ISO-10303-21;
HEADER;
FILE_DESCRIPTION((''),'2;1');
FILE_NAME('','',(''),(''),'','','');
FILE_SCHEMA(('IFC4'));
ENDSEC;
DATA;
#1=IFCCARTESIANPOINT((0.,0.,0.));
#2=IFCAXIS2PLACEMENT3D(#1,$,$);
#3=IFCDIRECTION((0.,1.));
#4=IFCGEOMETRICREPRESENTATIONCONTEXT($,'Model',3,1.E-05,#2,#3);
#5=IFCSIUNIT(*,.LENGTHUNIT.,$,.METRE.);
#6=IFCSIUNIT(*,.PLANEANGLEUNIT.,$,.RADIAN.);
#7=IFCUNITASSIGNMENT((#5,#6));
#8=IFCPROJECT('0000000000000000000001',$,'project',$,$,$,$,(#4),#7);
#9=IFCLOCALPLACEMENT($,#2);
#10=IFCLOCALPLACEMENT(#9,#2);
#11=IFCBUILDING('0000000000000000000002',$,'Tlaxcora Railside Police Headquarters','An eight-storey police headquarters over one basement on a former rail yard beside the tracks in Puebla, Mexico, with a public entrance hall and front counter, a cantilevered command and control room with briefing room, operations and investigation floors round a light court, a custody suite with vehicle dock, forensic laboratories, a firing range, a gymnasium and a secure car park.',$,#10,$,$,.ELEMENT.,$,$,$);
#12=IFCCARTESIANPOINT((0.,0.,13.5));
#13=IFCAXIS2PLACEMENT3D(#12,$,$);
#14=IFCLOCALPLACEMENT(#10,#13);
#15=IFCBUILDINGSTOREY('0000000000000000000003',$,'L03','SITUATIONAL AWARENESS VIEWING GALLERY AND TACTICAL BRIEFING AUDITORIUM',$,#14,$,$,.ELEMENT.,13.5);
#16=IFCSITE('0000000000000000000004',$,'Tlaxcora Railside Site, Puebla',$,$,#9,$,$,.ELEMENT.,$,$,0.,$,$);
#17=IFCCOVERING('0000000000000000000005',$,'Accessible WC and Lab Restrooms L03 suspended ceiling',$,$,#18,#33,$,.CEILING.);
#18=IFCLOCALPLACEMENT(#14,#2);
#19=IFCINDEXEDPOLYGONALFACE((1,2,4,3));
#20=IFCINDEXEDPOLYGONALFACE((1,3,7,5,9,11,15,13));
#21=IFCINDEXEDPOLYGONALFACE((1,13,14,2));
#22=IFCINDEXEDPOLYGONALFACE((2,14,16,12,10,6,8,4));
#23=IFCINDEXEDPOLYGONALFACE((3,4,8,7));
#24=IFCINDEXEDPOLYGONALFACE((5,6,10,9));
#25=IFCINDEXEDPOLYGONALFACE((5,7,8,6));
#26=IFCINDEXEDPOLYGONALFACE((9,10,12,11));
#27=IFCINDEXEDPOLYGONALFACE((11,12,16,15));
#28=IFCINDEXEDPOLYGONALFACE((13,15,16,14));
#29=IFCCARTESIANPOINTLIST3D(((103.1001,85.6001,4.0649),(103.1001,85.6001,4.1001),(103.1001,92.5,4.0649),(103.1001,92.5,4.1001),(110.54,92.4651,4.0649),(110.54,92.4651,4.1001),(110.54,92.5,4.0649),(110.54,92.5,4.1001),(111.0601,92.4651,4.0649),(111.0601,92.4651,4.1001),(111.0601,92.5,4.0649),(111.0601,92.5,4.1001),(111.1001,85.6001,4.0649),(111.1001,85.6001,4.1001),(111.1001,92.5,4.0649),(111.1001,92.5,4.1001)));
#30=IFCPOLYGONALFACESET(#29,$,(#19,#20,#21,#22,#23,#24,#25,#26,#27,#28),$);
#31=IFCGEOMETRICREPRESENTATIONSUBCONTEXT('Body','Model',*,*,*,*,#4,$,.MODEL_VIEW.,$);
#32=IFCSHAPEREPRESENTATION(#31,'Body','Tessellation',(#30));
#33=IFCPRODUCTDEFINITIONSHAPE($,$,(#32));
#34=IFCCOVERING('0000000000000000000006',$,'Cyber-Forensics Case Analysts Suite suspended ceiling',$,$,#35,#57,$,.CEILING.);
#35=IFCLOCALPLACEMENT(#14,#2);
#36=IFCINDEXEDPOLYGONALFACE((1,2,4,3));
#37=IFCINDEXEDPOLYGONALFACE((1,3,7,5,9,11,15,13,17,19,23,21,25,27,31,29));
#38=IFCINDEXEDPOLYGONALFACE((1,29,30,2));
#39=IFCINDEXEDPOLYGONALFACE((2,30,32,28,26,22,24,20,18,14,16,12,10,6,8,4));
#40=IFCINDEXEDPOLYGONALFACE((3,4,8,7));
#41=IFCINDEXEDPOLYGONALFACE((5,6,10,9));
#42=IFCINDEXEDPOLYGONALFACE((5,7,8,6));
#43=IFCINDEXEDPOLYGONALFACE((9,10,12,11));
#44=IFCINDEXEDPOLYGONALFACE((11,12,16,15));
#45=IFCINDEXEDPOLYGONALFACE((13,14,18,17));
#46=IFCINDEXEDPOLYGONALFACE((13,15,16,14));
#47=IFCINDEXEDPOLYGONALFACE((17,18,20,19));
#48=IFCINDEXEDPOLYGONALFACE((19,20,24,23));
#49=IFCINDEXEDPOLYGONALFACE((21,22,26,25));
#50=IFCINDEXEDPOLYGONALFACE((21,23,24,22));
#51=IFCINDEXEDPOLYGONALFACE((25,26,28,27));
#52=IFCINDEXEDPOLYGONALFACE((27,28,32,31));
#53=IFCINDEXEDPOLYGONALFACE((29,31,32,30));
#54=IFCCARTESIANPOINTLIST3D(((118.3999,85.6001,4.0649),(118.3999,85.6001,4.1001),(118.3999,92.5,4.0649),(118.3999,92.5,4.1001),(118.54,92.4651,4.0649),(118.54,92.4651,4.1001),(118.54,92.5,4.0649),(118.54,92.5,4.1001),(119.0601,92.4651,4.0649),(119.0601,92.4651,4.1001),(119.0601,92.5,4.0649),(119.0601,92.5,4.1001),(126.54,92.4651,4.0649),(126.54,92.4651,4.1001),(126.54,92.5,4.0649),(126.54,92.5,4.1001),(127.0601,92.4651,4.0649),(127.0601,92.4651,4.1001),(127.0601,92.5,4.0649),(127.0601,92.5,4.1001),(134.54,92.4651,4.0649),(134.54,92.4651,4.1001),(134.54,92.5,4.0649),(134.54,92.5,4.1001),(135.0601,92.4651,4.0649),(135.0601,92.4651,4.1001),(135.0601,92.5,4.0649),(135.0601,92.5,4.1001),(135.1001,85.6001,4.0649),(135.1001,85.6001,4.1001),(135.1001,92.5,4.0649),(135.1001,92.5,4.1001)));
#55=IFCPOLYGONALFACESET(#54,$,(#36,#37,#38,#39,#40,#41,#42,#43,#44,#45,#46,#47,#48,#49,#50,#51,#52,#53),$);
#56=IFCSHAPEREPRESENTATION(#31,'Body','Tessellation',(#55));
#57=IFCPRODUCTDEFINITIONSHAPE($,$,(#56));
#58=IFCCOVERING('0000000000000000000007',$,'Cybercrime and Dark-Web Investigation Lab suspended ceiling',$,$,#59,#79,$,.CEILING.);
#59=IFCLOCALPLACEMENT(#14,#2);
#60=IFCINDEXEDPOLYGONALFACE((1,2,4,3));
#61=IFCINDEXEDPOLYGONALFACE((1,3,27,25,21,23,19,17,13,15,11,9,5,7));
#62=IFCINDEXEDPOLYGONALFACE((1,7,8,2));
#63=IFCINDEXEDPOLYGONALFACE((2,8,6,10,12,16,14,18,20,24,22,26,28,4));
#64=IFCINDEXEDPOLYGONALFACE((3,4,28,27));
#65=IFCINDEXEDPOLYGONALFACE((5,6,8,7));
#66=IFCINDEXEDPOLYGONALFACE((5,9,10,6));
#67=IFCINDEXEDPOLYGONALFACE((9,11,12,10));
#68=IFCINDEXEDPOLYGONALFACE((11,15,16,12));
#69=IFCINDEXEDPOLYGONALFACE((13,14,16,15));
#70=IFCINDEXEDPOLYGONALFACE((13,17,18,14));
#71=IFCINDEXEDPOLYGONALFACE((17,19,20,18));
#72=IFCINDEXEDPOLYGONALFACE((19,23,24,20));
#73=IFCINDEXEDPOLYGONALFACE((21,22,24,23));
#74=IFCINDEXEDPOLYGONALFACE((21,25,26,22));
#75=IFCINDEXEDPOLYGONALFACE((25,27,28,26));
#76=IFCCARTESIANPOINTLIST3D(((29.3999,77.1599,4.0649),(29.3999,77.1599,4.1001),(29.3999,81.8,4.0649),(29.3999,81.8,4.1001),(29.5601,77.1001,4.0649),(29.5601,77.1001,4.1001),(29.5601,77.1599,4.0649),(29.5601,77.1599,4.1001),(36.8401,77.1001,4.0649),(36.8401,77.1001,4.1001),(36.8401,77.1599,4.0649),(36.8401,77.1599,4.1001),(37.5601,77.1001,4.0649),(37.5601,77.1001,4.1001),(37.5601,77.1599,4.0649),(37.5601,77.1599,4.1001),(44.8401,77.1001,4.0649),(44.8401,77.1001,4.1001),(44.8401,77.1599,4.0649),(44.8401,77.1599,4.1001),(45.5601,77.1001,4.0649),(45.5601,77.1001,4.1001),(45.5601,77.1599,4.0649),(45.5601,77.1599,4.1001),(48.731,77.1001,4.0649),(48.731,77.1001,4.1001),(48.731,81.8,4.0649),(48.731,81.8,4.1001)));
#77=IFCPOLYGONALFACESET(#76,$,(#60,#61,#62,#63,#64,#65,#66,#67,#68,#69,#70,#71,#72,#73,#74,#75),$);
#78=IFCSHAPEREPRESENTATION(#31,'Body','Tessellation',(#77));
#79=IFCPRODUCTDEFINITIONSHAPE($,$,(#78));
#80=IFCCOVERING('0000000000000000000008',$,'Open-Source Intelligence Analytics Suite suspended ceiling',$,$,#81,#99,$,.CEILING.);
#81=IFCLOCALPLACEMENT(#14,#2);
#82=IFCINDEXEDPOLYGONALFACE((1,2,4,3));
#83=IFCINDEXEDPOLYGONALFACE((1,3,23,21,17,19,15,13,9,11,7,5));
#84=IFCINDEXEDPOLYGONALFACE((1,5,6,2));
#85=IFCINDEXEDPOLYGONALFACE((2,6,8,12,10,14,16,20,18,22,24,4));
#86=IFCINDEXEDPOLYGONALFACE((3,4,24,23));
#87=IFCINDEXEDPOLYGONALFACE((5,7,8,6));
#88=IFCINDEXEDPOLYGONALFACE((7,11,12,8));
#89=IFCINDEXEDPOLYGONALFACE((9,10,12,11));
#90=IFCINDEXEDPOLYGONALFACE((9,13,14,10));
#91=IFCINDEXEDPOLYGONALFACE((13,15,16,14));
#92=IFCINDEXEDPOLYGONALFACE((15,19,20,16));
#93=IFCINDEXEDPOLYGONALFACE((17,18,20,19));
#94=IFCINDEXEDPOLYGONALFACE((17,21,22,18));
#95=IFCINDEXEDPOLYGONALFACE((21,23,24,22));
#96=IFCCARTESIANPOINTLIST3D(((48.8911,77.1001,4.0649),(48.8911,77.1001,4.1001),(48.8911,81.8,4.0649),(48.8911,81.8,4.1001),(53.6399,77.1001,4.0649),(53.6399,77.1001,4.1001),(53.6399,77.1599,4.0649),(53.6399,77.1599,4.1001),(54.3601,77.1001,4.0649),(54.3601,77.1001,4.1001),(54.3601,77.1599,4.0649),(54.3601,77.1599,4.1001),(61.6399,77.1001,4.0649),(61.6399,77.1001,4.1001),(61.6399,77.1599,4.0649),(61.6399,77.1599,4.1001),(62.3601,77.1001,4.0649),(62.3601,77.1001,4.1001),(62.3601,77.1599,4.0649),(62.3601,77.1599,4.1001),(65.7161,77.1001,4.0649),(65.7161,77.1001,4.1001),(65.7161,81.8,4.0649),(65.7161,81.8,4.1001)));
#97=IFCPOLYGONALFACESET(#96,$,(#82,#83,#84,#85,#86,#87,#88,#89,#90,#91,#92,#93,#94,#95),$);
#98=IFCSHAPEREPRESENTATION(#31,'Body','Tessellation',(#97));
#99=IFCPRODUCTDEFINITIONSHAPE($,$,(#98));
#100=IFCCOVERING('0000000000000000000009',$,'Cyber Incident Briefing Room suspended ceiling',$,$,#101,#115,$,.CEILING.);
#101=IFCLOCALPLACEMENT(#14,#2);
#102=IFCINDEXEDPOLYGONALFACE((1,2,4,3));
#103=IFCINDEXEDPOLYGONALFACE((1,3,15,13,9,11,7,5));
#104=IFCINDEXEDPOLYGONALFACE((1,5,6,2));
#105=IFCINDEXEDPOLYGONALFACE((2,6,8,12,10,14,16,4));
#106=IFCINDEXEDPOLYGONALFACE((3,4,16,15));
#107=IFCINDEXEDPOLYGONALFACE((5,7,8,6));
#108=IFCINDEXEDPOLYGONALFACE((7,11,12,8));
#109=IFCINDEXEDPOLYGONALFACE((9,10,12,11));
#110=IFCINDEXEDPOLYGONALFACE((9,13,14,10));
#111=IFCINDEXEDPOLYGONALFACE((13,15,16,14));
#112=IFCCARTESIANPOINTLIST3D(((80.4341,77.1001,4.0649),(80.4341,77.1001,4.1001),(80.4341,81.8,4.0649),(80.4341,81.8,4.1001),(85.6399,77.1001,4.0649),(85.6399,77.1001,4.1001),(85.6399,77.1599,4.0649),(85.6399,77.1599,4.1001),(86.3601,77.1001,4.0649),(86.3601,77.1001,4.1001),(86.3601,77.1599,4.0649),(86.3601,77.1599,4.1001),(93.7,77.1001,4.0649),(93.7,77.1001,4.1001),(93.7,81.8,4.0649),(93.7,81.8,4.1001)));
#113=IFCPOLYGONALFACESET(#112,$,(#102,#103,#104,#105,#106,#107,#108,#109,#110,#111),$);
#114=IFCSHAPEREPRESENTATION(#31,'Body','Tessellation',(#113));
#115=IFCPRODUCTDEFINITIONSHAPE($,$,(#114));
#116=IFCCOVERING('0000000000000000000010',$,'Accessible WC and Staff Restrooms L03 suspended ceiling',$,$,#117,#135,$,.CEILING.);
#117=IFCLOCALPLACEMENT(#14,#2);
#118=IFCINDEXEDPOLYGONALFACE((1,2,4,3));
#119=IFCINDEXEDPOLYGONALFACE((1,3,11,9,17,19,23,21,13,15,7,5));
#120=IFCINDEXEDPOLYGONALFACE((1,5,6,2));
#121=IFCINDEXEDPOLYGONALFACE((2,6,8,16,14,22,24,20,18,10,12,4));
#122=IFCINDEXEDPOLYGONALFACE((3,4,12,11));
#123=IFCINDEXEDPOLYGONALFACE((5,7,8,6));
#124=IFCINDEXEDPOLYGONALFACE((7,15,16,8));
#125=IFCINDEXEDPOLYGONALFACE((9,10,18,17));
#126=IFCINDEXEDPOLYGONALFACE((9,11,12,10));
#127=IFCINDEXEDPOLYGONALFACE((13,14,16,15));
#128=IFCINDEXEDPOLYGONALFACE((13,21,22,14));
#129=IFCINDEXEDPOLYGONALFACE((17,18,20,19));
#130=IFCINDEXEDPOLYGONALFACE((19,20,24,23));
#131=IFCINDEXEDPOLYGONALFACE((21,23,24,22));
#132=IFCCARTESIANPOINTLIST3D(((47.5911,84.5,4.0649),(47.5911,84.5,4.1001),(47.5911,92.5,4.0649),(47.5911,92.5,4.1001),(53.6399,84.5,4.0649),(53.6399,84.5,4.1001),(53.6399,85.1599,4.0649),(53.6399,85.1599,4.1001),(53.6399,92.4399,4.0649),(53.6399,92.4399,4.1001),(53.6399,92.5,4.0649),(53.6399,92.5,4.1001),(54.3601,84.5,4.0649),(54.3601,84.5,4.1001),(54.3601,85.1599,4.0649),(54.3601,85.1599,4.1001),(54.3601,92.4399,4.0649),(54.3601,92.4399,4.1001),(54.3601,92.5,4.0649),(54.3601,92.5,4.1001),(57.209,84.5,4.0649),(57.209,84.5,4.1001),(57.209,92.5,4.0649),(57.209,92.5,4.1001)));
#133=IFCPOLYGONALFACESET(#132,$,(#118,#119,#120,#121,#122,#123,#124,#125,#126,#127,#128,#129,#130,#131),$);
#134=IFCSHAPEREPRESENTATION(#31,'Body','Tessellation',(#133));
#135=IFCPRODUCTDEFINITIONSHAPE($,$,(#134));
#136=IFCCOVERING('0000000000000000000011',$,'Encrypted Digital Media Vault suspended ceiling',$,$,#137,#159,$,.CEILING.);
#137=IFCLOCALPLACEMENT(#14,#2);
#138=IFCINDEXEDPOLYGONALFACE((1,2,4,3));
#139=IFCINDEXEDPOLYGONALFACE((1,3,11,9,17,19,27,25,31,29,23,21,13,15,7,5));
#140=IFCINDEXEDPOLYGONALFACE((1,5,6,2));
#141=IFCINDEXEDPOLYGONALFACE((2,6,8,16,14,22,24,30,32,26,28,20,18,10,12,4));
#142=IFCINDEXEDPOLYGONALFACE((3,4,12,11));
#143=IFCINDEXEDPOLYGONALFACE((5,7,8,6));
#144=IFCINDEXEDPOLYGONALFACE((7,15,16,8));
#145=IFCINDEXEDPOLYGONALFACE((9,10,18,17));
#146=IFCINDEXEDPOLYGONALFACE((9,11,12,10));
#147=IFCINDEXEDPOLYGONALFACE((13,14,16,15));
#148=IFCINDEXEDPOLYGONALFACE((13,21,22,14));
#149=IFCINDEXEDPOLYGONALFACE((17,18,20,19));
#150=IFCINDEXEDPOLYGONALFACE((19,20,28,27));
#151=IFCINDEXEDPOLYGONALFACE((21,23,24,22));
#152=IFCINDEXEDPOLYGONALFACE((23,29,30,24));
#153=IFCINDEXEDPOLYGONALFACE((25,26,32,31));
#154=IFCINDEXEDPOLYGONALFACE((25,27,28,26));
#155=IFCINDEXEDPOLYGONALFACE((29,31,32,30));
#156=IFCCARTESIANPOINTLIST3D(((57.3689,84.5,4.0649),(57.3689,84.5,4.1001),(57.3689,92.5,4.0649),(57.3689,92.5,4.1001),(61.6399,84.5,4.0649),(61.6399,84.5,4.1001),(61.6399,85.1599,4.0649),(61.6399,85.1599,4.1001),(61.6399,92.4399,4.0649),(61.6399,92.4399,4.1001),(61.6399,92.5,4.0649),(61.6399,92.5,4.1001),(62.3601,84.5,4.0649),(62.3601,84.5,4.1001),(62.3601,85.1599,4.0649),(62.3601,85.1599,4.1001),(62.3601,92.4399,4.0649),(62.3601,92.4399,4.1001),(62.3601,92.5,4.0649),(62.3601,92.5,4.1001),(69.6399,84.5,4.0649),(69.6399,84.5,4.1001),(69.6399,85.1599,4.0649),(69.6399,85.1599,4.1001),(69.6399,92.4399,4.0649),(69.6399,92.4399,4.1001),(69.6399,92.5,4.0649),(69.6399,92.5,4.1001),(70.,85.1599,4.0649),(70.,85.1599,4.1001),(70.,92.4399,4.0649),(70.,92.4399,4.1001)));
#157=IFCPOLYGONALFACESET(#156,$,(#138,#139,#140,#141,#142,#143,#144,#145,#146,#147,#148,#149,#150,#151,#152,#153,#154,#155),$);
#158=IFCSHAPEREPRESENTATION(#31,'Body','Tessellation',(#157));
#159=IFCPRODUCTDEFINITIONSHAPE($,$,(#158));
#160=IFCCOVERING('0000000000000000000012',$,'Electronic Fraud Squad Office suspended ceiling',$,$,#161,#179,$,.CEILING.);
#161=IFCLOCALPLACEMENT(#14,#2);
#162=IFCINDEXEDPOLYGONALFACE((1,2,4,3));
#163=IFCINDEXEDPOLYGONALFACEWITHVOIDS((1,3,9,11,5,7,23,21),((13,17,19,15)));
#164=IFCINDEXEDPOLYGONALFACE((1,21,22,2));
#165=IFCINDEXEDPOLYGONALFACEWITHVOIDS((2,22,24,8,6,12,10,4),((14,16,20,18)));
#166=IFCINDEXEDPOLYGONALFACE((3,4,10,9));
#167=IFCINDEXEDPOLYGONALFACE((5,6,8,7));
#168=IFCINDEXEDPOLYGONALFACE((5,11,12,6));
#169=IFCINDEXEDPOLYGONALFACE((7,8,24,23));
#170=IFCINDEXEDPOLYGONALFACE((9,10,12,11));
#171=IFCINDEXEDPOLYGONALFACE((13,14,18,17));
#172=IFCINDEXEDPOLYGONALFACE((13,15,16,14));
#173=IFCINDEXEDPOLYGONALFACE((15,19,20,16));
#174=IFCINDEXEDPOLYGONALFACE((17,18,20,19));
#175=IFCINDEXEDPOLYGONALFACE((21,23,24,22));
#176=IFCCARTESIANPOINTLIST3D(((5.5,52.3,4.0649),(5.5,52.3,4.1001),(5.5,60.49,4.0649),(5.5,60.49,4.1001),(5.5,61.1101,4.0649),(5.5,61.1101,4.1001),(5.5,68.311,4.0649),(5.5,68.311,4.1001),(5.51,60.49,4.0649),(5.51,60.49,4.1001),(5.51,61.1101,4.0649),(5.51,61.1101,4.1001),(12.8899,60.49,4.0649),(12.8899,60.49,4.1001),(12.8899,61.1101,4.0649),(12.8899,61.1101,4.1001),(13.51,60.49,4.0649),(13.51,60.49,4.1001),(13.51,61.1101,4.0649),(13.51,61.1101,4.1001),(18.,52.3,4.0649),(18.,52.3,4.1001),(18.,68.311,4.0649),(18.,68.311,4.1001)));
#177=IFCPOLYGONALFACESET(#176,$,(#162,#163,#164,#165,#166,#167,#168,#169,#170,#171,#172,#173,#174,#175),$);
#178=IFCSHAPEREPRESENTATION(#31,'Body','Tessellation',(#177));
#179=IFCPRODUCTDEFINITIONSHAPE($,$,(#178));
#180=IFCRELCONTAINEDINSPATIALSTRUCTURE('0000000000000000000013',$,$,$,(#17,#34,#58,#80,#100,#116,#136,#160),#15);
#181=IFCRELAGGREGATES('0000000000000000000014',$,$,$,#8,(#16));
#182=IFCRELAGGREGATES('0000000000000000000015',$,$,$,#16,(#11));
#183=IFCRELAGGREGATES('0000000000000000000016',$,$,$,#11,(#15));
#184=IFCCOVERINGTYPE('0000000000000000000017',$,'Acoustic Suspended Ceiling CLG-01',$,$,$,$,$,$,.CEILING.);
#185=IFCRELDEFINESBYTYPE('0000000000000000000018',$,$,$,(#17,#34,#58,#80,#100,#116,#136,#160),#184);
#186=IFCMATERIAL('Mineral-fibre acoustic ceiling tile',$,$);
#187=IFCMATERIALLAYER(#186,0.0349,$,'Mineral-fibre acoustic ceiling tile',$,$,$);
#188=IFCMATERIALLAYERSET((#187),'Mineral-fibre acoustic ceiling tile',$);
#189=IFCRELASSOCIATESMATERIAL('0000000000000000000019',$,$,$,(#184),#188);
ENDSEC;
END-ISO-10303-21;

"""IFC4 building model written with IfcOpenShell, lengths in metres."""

from ifc_helpers import new_model, si_unit, direction, frame, origin, place, context, subcontext, project, spatial, polyline, outline, extrude, material, layer, layer_set, type_object, element, save


model = new_model("IFC4")

# Units and contexts
model_context = context("Model", 3, precision=1e-05, world=origin(), true_north=direction((0.0, 1.0)))
body_context = subcontext(model_context, "Body", "Model", "MODEL_VIEW")
ifc_project = project(units=[si_unit("LENGTHUNIT", "METRE"), si_unit("PLANEANGLEUNIT", "RADIAN")], contexts=[model_context])

# Site, building, storey
site_placement = place(None, origin())
site = spatial("IfcSite", under=ifc_project, at=site_placement, Name="Tlaxcora Railside Site, Puebla", CompositionType="ELEMENT", RefElevation=0.0)
building_placement = place(site_placement, origin())
building = spatial("IfcBuilding", under=site, at=building_placement, Name="Tlaxcora Railside Police Headquarters", Description="An eight-storey police headquarters over one basement on a former rail yard beside the tracks in Puebla, Mexico, with a public entrance hall and front counter, a cantilevered command and control room with briefing room, operations and investigation floors round a light court, a custody suite with vehicle dock, forensic laboratories, a firing range, a gymnasium and a secure car park.", CompositionType="ELEMENT")
storey_placement = place(building_placement, frame((0.0, 0.0, 13.5)))
storey = spatial("IfcBuildingStorey", under=building, at=storey_placement, Name="L03", Description="SITUATIONAL AWARENESS VIEWING GALLERY AND TACTICAL BRIEFING AUDITORIUM", CompositionType="ELEMENT", Elevation=13.5)

# Coverings
ifc_material_1 = material(Name="Mineral-fibre acoustic ceiling tile")
ifc_layer_1 = layer(ifc_material_1, 0.0349, Name="Mineral-fibre acoustic ceiling tile")
ifc_layer_set_1 = layer_set([ifc_layer_1], Name="Mineral-fibre acoustic ceiling tile")
covering_type_1 = type_object("IfcCoveringType", Name="Acoustic Suspended Ceiling CLG-01", PredefinedType="CEILING", material=ifc_layer_set_1)
covering_1_placement = place(storey_placement, frame((0.0, 0.0, 4.0649)))
element("IfcCovering", 1, at=covering_1_placement, inside=storey, type_object=covering_type_1, Name="Accessible WC and Lab Restrooms L03 suspended ceiling", PredefinedType="CEILING", context=body_context, shape_type="SweptSolid", body=[
    extrude(outline(polyline([(103.1001, 92.5), (103.1001, 85.6001), (111.1001, 85.6001), (111.1001, 92.5), (111.0601, 92.5), (111.0601, 92.4651), (110.54, 92.4651), (110.54, 92.5), (103.1001, 92.5)])), origin(), (0.0, 0.0, 1.0), 0.0352),
])
covering_2_placement = place(storey_placement, frame((0.0, 0.0, 4.0649)))
element("IfcCovering", 2, at=covering_2_placement, inside=storey, type_object=covering_type_1, Name="Cyber-Forensics Case Analysts Suite suspended ceiling", PredefinedType="CEILING", context=body_context, shape_type="SweptSolid", body=[
    extrude(outline(polyline([(118.54, 92.4651), (118.54, 92.5), (118.3999, 92.5), (118.3999, 85.6001), (135.1001, 85.6001), (135.1001, 92.5), (135.0601, 92.5), (135.0601, 92.4651), (134.54, 92.4651), (134.54, 92.5), (127.0601, 92.5), (127.0601, 92.4651), (126.54, 92.4651), (126.54, 92.5), (119.0601, 92.5), (119.0601, 92.4651), (118.54, 92.4651)])), origin(), (0.0, 0.0, 1.0), 0.0352),
])
covering_3_placement = place(storey_placement, frame((0.0, 0.0, 4.0649)))
element("IfcCovering", 3, at=covering_3_placement, inside=storey, type_object=covering_type_1, Name="Cybercrime and Dark-Web Investigation Lab suspended ceiling", PredefinedType="CEILING", context=body_context, shape_type="SweptSolid", body=[
    extrude(outline(polyline([(48.731, 77.1001), (48.731, 81.8), (29.3999, 81.8), (29.3999, 77.1599), (29.5601, 77.1599), (29.5601, 77.1001), (36.8401, 77.1001), (36.8401, 77.1599), (37.5601, 77.1599), (37.5601, 77.1001), (44.8401, 77.1001), (44.8401, 77.1599), (45.5601, 77.1599), (45.5601, 77.1001), (48.731, 77.1001)])), origin(), (0.0, 0.0, 1.0), 0.0352),
])
covering_4_placement = place(storey_placement, frame((0.0, 0.0, 4.0649)))
element("IfcCovering", 4, at=covering_4_placement, inside=storey, type_object=covering_type_1, Name="Open-Source Intelligence Analytics Suite suspended ceiling", PredefinedType="CEILING", context=body_context, shape_type="SweptSolid", body=[
    extrude(outline(polyline([(65.7161, 81.8), (48.8911, 81.8), (48.8911, 77.1001), (53.6399, 77.1001), (53.6399, 77.1599), (54.3601, 77.1599), (54.3601, 77.1001), (61.6399, 77.1001), (61.6399, 77.1599), (62.3601, 77.1599), (62.3601, 77.1001), (65.7161, 77.1001), (65.7161, 81.8)])), origin(), (0.0, 0.0, 1.0), 0.0352),
])
covering_5_placement = place(storey_placement, frame((0.0, 0.0, 4.0649)))
element("IfcCovering", 5, at=covering_5_placement, inside=storey, type_object=covering_type_1, Name="Cyber Incident Briefing Room suspended ceiling", PredefinedType="CEILING", context=body_context, shape_type="SweptSolid", body=[
    extrude(outline(polyline([(80.4341, 81.8), (80.4341, 77.1001), (85.6399, 77.1001), (85.6399, 77.1599), (86.3601, 77.1599), (86.3601, 77.1001), (93.7, 77.1001), (93.7, 81.8), (80.4341, 81.8)])), origin(), (0.0, 0.0, 1.0), 0.0352),
])
covering_6_placement = place(storey_placement, frame((0.0, 0.0, 4.0649)))
element("IfcCovering", 6, at=covering_6_placement, inside=storey, type_object=covering_type_1, Name="Accessible WC and Staff Restrooms L03 suspended ceiling", PredefinedType="CEILING", context=body_context, shape_type="SweptSolid", body=[
    extrude(outline(polyline([(57.209, 92.5), (54.3601, 92.5), (54.3601, 92.4399), (53.6399, 92.4399), (53.6399, 92.5), (47.5911, 92.5), (47.5911, 84.5), (53.6399, 84.5), (53.6399, 85.1599), (54.3601, 85.1599), (54.3601, 84.5), (57.209, 84.5), (57.209, 92.5)])), origin(), (0.0, 0.0, 1.0), 0.0352),
])
covering_7_placement = place(storey_placement, frame((0.0, 0.0, 4.0649)))
element("IfcCovering", 7, at=covering_7_placement, inside=storey, type_object=covering_type_1, Name="Encrypted Digital Media Vault suspended ceiling", PredefinedType="CEILING", context=body_context, shape_type="SweptSolid", body=[
    extrude(outline(polyline([(62.3601, 84.5), (69.6399, 84.5), (69.6399, 85.1599), (70.0, 85.1599), (70.0, 92.4399), (69.6399, 92.4399), (69.6399, 92.5), (62.3601, 92.5), (62.3601, 92.4399), (61.6399, 92.4399), (61.6399, 92.5), (57.3689, 92.5), (57.3689, 84.5), (61.6399, 84.5), (61.6399, 85.1599), (62.3601, 85.1599), (62.3601, 84.5)])), origin(), (0.0, 0.0, 1.0), 0.0352),
])
covering_8_placement = place(storey_placement, frame((0.0, 0.0, 4.0649)))
element("IfcCovering", 8, at=covering_8_placement, inside=storey, type_object=covering_type_1, Name="Electronic Fraud Squad Office suspended ceiling", PredefinedType="CEILING", context=body_context, shape_type="SweptSolid", body=[
    extrude(outline(polyline([(18.0, 68.311), (5.5, 68.311), (5.5, 61.1101), (5.51, 61.1101), (5.51, 60.49), (5.5, 60.49), (5.5, 52.3), (18.0, 52.3), (18.0, 68.311)]), holes=[polyline([(13.51, 60.49), (12.8899, 60.49), (12.8899, 61.1101), (13.51, 61.1101), (13.51, 60.49)])]), origin(), (0.0, 0.0, 1.0), 0.0352),
])

save(model, "model.ifc")
